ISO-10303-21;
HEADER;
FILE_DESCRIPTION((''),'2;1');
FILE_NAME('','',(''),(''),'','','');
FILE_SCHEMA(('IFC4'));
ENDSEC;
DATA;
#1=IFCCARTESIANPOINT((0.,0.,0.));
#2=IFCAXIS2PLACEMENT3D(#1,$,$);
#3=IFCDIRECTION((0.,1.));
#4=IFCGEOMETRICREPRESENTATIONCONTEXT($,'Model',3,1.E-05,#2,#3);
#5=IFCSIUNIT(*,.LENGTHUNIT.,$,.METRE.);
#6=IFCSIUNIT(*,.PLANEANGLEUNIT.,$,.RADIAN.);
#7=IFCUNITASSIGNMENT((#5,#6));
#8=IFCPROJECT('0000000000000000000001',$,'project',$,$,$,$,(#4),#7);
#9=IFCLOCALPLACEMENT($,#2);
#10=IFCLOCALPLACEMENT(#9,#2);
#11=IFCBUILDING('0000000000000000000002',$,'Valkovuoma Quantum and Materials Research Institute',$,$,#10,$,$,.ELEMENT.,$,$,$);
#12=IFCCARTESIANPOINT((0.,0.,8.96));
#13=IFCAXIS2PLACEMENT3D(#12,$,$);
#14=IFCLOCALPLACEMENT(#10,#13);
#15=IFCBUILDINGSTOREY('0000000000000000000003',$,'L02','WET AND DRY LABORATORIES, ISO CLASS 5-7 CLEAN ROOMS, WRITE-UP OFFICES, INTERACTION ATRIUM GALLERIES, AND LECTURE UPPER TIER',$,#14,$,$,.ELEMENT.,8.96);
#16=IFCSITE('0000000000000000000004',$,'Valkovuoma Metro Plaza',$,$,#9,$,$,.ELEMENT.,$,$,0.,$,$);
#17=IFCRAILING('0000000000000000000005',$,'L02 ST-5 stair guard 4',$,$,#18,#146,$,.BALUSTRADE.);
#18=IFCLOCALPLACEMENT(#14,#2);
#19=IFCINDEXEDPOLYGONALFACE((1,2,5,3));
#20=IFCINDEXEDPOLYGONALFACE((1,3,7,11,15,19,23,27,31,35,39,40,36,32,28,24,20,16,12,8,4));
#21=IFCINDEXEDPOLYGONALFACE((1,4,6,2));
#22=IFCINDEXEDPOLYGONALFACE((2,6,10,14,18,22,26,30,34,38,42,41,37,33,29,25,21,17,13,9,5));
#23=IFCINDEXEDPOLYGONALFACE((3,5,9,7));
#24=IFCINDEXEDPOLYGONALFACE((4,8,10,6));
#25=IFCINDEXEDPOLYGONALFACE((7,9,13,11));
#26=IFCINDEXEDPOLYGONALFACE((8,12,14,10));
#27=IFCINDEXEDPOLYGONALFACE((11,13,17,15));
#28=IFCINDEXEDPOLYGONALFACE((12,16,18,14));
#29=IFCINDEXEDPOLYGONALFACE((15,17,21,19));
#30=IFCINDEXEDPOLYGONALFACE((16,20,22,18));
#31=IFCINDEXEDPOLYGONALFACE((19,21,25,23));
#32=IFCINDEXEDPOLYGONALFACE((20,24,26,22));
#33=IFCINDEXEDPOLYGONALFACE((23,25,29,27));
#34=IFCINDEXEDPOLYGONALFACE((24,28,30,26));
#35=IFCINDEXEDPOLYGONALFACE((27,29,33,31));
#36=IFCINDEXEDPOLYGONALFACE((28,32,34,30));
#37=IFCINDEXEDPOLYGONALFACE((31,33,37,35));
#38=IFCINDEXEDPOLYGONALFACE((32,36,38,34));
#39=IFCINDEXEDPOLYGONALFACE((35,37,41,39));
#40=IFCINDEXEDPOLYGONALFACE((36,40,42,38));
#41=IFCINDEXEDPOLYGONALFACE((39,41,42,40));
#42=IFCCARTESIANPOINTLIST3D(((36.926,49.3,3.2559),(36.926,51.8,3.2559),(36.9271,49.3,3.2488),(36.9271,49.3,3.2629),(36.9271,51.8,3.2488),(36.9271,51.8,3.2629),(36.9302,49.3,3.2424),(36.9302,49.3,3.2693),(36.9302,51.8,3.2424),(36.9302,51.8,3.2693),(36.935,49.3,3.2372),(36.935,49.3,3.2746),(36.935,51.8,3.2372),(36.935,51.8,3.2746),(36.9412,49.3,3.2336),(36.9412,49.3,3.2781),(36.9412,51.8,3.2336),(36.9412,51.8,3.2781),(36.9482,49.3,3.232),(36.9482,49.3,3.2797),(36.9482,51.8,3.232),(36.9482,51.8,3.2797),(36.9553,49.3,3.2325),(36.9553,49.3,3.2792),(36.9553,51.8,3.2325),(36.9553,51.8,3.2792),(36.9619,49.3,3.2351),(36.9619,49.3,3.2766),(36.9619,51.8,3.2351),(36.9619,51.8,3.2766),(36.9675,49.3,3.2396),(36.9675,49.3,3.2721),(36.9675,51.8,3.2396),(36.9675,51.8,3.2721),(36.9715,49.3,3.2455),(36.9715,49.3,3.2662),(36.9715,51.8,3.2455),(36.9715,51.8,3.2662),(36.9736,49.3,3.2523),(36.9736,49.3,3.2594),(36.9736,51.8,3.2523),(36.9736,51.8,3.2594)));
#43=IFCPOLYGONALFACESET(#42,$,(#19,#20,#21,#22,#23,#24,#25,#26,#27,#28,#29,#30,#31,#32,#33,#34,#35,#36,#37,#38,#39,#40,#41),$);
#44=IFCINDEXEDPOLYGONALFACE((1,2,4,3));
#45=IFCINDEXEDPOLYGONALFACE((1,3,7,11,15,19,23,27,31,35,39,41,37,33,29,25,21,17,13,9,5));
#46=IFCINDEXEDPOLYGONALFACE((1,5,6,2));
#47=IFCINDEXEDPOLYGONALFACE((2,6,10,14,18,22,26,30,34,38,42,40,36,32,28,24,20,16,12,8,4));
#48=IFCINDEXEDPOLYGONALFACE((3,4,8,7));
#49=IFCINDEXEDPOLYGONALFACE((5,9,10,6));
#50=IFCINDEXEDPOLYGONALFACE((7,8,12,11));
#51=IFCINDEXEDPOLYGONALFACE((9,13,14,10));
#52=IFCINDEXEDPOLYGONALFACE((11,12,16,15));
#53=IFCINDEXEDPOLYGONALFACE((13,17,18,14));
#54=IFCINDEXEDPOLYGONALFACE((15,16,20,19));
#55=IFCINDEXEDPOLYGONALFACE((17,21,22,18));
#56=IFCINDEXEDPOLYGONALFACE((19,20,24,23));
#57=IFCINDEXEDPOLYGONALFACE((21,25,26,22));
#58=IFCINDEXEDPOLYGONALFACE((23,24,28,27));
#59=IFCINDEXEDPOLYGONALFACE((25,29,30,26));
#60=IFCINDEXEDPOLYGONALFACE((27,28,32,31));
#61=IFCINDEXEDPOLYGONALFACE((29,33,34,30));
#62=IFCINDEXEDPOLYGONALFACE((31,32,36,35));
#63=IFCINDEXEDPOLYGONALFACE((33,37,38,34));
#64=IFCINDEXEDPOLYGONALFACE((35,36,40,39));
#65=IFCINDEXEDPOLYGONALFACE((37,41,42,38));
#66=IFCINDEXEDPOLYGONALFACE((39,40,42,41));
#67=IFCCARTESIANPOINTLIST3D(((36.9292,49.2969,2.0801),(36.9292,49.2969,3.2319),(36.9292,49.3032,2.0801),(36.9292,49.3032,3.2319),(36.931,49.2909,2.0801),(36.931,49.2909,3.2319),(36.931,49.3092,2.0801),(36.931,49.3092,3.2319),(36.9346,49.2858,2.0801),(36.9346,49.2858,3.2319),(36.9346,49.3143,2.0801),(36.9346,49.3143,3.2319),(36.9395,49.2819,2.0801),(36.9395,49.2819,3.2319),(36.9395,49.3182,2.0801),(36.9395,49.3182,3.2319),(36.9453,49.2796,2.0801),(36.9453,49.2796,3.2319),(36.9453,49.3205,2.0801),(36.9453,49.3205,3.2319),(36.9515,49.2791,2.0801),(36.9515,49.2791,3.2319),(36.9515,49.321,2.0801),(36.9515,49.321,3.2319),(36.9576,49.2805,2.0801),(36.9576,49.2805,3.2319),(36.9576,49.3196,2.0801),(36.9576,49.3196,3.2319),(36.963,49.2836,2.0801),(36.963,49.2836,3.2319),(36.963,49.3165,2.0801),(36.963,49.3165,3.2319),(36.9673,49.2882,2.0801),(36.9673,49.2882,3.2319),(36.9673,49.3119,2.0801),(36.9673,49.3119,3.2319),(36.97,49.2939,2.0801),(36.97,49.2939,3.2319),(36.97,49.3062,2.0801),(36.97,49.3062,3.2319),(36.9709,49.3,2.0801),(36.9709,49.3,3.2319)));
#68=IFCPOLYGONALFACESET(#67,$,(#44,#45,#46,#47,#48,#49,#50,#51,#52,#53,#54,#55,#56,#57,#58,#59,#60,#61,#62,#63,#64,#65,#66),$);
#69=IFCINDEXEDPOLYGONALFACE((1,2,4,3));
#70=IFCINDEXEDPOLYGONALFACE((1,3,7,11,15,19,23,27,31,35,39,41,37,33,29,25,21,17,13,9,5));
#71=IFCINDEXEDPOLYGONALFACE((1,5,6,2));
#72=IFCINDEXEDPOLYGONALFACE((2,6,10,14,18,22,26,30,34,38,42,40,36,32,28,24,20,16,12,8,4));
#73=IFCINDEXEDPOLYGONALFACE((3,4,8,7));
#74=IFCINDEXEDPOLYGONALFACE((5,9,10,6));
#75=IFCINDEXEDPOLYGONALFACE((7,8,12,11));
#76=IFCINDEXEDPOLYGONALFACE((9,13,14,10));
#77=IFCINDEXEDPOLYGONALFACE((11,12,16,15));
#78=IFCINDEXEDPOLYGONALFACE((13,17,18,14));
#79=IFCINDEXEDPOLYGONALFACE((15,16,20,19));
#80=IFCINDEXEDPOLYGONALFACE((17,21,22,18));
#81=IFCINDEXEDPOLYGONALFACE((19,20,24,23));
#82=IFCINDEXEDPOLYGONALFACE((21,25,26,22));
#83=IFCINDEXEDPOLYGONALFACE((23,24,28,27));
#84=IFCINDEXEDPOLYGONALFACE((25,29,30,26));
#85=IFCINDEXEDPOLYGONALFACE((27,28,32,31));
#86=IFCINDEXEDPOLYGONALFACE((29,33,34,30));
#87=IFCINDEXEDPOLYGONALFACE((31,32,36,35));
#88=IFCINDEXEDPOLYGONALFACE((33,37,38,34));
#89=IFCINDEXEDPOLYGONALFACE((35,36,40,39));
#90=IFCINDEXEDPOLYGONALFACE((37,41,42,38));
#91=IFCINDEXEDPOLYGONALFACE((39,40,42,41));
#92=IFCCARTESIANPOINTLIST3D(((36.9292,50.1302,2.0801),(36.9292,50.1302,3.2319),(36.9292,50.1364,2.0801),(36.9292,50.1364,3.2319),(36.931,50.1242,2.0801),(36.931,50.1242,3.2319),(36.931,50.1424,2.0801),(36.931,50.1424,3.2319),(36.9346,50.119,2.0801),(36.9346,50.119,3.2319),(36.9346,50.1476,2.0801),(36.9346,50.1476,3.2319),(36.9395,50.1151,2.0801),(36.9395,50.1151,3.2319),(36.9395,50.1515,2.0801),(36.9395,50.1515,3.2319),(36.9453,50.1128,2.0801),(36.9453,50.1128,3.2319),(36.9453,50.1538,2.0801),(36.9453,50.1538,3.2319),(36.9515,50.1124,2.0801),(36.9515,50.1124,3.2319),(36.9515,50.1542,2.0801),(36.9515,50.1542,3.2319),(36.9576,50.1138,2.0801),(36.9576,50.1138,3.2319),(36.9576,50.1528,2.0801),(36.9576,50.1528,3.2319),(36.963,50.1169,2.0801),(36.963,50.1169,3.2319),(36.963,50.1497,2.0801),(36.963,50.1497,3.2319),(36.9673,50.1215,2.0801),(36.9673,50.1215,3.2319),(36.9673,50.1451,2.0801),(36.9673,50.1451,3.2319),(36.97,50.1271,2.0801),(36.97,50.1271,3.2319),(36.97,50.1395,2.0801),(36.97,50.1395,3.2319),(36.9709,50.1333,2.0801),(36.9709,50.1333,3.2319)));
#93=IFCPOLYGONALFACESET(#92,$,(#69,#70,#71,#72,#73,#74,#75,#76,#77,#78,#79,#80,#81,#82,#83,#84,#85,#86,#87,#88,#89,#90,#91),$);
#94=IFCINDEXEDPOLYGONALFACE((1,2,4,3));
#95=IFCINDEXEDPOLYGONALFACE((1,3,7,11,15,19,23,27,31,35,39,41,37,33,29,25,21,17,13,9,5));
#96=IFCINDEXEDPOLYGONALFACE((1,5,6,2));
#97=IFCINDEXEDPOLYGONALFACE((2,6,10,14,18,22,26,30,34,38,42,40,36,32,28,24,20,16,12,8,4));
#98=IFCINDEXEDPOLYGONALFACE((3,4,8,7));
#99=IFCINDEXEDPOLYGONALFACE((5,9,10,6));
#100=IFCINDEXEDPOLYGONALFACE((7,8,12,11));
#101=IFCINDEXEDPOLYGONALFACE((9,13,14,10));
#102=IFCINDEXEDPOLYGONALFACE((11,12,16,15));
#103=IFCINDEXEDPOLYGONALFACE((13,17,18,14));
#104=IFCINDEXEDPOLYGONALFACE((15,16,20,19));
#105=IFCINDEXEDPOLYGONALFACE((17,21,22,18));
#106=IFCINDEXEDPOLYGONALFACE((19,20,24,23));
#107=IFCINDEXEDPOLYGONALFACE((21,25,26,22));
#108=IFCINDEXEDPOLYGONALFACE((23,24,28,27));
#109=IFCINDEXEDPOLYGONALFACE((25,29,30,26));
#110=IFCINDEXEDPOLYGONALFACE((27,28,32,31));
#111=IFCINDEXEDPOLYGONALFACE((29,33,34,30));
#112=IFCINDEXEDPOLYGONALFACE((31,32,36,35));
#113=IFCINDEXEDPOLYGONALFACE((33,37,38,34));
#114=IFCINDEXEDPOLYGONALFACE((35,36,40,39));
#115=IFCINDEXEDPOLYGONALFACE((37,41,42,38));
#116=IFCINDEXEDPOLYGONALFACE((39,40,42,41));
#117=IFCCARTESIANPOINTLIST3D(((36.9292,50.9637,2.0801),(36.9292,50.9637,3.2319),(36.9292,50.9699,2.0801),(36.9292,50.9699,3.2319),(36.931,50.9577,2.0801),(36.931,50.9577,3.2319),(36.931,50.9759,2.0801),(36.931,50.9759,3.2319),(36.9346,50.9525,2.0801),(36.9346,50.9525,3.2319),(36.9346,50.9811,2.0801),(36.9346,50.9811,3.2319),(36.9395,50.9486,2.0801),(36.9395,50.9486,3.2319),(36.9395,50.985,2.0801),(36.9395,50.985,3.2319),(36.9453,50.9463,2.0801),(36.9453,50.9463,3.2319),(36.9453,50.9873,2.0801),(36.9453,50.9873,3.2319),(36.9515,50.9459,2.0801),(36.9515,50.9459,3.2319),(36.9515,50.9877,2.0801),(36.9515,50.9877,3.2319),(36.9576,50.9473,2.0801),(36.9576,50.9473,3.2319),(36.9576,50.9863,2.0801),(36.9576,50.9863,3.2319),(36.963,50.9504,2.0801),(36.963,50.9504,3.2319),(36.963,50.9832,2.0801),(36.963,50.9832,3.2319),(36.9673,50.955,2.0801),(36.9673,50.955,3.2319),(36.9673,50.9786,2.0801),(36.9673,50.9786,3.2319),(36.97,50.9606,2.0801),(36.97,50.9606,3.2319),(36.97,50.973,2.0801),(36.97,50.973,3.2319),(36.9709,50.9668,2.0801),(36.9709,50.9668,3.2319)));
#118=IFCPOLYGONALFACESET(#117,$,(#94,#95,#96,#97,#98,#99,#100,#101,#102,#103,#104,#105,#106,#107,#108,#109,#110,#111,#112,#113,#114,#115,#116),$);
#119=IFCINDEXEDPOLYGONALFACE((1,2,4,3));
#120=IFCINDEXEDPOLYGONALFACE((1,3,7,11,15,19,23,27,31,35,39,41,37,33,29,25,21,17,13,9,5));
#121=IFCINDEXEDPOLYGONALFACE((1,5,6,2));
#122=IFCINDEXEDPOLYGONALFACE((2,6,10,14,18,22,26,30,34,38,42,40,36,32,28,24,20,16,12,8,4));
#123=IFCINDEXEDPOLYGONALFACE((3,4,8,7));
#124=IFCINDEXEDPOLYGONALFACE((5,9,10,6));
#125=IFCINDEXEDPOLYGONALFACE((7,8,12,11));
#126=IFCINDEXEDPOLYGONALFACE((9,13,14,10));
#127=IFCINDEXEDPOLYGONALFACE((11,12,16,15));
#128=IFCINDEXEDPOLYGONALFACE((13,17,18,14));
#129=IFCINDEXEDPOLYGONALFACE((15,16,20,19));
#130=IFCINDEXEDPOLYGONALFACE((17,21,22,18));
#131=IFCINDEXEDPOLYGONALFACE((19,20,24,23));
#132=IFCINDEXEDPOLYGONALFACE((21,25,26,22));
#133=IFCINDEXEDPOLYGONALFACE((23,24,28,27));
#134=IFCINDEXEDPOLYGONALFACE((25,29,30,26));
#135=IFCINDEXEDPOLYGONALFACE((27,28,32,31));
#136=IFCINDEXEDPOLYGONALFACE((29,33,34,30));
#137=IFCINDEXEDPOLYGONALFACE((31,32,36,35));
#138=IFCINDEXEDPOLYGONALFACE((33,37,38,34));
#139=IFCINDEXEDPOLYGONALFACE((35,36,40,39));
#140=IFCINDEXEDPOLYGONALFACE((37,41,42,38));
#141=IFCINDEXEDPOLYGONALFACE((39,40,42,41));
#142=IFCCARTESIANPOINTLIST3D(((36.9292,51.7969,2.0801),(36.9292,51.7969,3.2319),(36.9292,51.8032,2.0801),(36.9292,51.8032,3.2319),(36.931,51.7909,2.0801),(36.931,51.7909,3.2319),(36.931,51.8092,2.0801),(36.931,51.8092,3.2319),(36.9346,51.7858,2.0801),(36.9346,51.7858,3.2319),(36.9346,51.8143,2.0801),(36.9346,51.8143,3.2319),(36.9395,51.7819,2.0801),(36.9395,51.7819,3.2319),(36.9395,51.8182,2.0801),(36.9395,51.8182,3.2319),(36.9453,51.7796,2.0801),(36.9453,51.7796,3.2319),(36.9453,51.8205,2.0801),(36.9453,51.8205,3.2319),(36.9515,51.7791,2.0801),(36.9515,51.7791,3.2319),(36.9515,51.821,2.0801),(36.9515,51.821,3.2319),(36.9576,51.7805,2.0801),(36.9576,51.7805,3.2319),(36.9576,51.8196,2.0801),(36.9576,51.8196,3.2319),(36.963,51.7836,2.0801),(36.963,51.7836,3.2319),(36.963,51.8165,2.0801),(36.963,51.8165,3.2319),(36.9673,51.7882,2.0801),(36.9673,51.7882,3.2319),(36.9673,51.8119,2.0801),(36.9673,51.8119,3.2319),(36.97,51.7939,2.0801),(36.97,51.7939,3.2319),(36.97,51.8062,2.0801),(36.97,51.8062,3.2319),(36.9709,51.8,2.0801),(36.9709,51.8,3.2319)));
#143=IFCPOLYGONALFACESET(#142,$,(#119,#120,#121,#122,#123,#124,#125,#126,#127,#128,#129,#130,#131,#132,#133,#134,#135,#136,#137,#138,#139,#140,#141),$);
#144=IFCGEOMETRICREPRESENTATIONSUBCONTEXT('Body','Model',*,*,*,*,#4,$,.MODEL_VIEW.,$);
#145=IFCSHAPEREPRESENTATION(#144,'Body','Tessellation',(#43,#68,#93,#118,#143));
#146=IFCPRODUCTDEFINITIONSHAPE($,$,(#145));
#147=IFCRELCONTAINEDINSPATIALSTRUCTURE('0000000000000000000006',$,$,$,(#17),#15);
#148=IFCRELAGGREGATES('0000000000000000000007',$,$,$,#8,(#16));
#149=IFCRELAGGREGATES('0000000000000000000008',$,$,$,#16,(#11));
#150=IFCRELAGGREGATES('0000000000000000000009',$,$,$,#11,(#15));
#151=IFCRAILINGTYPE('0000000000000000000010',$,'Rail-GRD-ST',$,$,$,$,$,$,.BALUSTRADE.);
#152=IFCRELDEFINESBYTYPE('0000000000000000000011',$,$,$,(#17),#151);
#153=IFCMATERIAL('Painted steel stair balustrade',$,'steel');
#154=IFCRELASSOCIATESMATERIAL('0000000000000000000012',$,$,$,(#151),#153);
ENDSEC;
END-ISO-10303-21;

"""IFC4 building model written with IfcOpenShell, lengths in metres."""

from ifc_helpers import new_model, si_unit, direction, frame, origin, origin_2d, place, context, subcontext, project, spatial, circle, extrude, material, type_object, element, save


model = new_model("IFC4")

# Units and contexts
model_context = context("Model", 3, precision=1e-05, world=origin(), true_north=direction((0.0, 1.0)))
body_context = subcontext(model_context, "Body", "Model", "MODEL_VIEW")
ifc_project = project(units=[si_unit("LENGTHUNIT", "METRE"), si_unit("PLANEANGLEUNIT", "RADIAN")], contexts=[model_context])

# Site, building, storey
site_placement = place(None, origin())
site = spatial("IfcSite", under=ifc_project, at=site_placement, Name="Valkovuoma Metro Plaza", CompositionType="ELEMENT", RefElevation=0.0)
building_placement = place(site_placement, origin())
building = spatial("IfcBuilding", under=site, at=building_placement, Name="Valkovuoma Quantum and Materials Research Institute", CompositionType="ELEMENT")
storey_placement = place(building_placement, frame((0.0, 0.0, 8.96)))
storey = spatial("IfcBuildingStorey", under=building, at=storey_placement, Name="L02", Description="WET AND DRY LABORATORIES, ISO CLASS 5-7 CLEAN ROOMS, WRITE-UP OFFICES, INTERACTION ATRIUM GALLERIES, AND LECTURE UPPER TIER", CompositionType="ELEMENT", Elevation=8.96)

# Railing
ifc_material_1 = material(Name="Painted steel stair balustrade", Category="steel")
railing_type_1 = type_object("IfcRailingType", Name="Rail-GRD-ST", PredefinedType="BALUSTRADE", material=ifc_material_1)
for number, where, name in (
    (1, (36.95, 49.3, 2.0801), "L02 ST-5 stair guard 4"),
):
    element("IfcRailing", number, at=place(storey_placement, frame(where)), inside=storey, type_object=railing_type_1, Name=name, PredefinedType="BALUSTRADE", context=body_context, shape_type="SweptSolid", body=[
        extrude(circle(Radius=0.0239, at=origin_2d()), frame((0.0, 0.0, 1.1758), z_axis=(0.0, 1.0, 0.0), x_axis=(-1.0, 0.0, 0.0)), (0.0, 0.0, 1.0), 2.5),
        extrude(circle(Radius=0.021, at=origin_2d()), origin(), (0.0, 0.0, 1.0), 1.1519),
        extrude(circle(Radius=0.021, at=origin_2d()), frame((0.0, 0.8333, 0.0)), (0.0, 0.0, 1.0), 1.1519),
        extrude(circle(Radius=0.021, at=origin_2d()), frame((0.0, 1.6667, 0.0)), (0.0, 0.0, 1.0), 1.1519),
        extrude(circle(Radius=0.021, at=origin_2d()), frame((0.0, 2.5, 0.0)), (0.0, 0.0, 1.0), 1.1519),
    ])

save(model, "model.ifc")
